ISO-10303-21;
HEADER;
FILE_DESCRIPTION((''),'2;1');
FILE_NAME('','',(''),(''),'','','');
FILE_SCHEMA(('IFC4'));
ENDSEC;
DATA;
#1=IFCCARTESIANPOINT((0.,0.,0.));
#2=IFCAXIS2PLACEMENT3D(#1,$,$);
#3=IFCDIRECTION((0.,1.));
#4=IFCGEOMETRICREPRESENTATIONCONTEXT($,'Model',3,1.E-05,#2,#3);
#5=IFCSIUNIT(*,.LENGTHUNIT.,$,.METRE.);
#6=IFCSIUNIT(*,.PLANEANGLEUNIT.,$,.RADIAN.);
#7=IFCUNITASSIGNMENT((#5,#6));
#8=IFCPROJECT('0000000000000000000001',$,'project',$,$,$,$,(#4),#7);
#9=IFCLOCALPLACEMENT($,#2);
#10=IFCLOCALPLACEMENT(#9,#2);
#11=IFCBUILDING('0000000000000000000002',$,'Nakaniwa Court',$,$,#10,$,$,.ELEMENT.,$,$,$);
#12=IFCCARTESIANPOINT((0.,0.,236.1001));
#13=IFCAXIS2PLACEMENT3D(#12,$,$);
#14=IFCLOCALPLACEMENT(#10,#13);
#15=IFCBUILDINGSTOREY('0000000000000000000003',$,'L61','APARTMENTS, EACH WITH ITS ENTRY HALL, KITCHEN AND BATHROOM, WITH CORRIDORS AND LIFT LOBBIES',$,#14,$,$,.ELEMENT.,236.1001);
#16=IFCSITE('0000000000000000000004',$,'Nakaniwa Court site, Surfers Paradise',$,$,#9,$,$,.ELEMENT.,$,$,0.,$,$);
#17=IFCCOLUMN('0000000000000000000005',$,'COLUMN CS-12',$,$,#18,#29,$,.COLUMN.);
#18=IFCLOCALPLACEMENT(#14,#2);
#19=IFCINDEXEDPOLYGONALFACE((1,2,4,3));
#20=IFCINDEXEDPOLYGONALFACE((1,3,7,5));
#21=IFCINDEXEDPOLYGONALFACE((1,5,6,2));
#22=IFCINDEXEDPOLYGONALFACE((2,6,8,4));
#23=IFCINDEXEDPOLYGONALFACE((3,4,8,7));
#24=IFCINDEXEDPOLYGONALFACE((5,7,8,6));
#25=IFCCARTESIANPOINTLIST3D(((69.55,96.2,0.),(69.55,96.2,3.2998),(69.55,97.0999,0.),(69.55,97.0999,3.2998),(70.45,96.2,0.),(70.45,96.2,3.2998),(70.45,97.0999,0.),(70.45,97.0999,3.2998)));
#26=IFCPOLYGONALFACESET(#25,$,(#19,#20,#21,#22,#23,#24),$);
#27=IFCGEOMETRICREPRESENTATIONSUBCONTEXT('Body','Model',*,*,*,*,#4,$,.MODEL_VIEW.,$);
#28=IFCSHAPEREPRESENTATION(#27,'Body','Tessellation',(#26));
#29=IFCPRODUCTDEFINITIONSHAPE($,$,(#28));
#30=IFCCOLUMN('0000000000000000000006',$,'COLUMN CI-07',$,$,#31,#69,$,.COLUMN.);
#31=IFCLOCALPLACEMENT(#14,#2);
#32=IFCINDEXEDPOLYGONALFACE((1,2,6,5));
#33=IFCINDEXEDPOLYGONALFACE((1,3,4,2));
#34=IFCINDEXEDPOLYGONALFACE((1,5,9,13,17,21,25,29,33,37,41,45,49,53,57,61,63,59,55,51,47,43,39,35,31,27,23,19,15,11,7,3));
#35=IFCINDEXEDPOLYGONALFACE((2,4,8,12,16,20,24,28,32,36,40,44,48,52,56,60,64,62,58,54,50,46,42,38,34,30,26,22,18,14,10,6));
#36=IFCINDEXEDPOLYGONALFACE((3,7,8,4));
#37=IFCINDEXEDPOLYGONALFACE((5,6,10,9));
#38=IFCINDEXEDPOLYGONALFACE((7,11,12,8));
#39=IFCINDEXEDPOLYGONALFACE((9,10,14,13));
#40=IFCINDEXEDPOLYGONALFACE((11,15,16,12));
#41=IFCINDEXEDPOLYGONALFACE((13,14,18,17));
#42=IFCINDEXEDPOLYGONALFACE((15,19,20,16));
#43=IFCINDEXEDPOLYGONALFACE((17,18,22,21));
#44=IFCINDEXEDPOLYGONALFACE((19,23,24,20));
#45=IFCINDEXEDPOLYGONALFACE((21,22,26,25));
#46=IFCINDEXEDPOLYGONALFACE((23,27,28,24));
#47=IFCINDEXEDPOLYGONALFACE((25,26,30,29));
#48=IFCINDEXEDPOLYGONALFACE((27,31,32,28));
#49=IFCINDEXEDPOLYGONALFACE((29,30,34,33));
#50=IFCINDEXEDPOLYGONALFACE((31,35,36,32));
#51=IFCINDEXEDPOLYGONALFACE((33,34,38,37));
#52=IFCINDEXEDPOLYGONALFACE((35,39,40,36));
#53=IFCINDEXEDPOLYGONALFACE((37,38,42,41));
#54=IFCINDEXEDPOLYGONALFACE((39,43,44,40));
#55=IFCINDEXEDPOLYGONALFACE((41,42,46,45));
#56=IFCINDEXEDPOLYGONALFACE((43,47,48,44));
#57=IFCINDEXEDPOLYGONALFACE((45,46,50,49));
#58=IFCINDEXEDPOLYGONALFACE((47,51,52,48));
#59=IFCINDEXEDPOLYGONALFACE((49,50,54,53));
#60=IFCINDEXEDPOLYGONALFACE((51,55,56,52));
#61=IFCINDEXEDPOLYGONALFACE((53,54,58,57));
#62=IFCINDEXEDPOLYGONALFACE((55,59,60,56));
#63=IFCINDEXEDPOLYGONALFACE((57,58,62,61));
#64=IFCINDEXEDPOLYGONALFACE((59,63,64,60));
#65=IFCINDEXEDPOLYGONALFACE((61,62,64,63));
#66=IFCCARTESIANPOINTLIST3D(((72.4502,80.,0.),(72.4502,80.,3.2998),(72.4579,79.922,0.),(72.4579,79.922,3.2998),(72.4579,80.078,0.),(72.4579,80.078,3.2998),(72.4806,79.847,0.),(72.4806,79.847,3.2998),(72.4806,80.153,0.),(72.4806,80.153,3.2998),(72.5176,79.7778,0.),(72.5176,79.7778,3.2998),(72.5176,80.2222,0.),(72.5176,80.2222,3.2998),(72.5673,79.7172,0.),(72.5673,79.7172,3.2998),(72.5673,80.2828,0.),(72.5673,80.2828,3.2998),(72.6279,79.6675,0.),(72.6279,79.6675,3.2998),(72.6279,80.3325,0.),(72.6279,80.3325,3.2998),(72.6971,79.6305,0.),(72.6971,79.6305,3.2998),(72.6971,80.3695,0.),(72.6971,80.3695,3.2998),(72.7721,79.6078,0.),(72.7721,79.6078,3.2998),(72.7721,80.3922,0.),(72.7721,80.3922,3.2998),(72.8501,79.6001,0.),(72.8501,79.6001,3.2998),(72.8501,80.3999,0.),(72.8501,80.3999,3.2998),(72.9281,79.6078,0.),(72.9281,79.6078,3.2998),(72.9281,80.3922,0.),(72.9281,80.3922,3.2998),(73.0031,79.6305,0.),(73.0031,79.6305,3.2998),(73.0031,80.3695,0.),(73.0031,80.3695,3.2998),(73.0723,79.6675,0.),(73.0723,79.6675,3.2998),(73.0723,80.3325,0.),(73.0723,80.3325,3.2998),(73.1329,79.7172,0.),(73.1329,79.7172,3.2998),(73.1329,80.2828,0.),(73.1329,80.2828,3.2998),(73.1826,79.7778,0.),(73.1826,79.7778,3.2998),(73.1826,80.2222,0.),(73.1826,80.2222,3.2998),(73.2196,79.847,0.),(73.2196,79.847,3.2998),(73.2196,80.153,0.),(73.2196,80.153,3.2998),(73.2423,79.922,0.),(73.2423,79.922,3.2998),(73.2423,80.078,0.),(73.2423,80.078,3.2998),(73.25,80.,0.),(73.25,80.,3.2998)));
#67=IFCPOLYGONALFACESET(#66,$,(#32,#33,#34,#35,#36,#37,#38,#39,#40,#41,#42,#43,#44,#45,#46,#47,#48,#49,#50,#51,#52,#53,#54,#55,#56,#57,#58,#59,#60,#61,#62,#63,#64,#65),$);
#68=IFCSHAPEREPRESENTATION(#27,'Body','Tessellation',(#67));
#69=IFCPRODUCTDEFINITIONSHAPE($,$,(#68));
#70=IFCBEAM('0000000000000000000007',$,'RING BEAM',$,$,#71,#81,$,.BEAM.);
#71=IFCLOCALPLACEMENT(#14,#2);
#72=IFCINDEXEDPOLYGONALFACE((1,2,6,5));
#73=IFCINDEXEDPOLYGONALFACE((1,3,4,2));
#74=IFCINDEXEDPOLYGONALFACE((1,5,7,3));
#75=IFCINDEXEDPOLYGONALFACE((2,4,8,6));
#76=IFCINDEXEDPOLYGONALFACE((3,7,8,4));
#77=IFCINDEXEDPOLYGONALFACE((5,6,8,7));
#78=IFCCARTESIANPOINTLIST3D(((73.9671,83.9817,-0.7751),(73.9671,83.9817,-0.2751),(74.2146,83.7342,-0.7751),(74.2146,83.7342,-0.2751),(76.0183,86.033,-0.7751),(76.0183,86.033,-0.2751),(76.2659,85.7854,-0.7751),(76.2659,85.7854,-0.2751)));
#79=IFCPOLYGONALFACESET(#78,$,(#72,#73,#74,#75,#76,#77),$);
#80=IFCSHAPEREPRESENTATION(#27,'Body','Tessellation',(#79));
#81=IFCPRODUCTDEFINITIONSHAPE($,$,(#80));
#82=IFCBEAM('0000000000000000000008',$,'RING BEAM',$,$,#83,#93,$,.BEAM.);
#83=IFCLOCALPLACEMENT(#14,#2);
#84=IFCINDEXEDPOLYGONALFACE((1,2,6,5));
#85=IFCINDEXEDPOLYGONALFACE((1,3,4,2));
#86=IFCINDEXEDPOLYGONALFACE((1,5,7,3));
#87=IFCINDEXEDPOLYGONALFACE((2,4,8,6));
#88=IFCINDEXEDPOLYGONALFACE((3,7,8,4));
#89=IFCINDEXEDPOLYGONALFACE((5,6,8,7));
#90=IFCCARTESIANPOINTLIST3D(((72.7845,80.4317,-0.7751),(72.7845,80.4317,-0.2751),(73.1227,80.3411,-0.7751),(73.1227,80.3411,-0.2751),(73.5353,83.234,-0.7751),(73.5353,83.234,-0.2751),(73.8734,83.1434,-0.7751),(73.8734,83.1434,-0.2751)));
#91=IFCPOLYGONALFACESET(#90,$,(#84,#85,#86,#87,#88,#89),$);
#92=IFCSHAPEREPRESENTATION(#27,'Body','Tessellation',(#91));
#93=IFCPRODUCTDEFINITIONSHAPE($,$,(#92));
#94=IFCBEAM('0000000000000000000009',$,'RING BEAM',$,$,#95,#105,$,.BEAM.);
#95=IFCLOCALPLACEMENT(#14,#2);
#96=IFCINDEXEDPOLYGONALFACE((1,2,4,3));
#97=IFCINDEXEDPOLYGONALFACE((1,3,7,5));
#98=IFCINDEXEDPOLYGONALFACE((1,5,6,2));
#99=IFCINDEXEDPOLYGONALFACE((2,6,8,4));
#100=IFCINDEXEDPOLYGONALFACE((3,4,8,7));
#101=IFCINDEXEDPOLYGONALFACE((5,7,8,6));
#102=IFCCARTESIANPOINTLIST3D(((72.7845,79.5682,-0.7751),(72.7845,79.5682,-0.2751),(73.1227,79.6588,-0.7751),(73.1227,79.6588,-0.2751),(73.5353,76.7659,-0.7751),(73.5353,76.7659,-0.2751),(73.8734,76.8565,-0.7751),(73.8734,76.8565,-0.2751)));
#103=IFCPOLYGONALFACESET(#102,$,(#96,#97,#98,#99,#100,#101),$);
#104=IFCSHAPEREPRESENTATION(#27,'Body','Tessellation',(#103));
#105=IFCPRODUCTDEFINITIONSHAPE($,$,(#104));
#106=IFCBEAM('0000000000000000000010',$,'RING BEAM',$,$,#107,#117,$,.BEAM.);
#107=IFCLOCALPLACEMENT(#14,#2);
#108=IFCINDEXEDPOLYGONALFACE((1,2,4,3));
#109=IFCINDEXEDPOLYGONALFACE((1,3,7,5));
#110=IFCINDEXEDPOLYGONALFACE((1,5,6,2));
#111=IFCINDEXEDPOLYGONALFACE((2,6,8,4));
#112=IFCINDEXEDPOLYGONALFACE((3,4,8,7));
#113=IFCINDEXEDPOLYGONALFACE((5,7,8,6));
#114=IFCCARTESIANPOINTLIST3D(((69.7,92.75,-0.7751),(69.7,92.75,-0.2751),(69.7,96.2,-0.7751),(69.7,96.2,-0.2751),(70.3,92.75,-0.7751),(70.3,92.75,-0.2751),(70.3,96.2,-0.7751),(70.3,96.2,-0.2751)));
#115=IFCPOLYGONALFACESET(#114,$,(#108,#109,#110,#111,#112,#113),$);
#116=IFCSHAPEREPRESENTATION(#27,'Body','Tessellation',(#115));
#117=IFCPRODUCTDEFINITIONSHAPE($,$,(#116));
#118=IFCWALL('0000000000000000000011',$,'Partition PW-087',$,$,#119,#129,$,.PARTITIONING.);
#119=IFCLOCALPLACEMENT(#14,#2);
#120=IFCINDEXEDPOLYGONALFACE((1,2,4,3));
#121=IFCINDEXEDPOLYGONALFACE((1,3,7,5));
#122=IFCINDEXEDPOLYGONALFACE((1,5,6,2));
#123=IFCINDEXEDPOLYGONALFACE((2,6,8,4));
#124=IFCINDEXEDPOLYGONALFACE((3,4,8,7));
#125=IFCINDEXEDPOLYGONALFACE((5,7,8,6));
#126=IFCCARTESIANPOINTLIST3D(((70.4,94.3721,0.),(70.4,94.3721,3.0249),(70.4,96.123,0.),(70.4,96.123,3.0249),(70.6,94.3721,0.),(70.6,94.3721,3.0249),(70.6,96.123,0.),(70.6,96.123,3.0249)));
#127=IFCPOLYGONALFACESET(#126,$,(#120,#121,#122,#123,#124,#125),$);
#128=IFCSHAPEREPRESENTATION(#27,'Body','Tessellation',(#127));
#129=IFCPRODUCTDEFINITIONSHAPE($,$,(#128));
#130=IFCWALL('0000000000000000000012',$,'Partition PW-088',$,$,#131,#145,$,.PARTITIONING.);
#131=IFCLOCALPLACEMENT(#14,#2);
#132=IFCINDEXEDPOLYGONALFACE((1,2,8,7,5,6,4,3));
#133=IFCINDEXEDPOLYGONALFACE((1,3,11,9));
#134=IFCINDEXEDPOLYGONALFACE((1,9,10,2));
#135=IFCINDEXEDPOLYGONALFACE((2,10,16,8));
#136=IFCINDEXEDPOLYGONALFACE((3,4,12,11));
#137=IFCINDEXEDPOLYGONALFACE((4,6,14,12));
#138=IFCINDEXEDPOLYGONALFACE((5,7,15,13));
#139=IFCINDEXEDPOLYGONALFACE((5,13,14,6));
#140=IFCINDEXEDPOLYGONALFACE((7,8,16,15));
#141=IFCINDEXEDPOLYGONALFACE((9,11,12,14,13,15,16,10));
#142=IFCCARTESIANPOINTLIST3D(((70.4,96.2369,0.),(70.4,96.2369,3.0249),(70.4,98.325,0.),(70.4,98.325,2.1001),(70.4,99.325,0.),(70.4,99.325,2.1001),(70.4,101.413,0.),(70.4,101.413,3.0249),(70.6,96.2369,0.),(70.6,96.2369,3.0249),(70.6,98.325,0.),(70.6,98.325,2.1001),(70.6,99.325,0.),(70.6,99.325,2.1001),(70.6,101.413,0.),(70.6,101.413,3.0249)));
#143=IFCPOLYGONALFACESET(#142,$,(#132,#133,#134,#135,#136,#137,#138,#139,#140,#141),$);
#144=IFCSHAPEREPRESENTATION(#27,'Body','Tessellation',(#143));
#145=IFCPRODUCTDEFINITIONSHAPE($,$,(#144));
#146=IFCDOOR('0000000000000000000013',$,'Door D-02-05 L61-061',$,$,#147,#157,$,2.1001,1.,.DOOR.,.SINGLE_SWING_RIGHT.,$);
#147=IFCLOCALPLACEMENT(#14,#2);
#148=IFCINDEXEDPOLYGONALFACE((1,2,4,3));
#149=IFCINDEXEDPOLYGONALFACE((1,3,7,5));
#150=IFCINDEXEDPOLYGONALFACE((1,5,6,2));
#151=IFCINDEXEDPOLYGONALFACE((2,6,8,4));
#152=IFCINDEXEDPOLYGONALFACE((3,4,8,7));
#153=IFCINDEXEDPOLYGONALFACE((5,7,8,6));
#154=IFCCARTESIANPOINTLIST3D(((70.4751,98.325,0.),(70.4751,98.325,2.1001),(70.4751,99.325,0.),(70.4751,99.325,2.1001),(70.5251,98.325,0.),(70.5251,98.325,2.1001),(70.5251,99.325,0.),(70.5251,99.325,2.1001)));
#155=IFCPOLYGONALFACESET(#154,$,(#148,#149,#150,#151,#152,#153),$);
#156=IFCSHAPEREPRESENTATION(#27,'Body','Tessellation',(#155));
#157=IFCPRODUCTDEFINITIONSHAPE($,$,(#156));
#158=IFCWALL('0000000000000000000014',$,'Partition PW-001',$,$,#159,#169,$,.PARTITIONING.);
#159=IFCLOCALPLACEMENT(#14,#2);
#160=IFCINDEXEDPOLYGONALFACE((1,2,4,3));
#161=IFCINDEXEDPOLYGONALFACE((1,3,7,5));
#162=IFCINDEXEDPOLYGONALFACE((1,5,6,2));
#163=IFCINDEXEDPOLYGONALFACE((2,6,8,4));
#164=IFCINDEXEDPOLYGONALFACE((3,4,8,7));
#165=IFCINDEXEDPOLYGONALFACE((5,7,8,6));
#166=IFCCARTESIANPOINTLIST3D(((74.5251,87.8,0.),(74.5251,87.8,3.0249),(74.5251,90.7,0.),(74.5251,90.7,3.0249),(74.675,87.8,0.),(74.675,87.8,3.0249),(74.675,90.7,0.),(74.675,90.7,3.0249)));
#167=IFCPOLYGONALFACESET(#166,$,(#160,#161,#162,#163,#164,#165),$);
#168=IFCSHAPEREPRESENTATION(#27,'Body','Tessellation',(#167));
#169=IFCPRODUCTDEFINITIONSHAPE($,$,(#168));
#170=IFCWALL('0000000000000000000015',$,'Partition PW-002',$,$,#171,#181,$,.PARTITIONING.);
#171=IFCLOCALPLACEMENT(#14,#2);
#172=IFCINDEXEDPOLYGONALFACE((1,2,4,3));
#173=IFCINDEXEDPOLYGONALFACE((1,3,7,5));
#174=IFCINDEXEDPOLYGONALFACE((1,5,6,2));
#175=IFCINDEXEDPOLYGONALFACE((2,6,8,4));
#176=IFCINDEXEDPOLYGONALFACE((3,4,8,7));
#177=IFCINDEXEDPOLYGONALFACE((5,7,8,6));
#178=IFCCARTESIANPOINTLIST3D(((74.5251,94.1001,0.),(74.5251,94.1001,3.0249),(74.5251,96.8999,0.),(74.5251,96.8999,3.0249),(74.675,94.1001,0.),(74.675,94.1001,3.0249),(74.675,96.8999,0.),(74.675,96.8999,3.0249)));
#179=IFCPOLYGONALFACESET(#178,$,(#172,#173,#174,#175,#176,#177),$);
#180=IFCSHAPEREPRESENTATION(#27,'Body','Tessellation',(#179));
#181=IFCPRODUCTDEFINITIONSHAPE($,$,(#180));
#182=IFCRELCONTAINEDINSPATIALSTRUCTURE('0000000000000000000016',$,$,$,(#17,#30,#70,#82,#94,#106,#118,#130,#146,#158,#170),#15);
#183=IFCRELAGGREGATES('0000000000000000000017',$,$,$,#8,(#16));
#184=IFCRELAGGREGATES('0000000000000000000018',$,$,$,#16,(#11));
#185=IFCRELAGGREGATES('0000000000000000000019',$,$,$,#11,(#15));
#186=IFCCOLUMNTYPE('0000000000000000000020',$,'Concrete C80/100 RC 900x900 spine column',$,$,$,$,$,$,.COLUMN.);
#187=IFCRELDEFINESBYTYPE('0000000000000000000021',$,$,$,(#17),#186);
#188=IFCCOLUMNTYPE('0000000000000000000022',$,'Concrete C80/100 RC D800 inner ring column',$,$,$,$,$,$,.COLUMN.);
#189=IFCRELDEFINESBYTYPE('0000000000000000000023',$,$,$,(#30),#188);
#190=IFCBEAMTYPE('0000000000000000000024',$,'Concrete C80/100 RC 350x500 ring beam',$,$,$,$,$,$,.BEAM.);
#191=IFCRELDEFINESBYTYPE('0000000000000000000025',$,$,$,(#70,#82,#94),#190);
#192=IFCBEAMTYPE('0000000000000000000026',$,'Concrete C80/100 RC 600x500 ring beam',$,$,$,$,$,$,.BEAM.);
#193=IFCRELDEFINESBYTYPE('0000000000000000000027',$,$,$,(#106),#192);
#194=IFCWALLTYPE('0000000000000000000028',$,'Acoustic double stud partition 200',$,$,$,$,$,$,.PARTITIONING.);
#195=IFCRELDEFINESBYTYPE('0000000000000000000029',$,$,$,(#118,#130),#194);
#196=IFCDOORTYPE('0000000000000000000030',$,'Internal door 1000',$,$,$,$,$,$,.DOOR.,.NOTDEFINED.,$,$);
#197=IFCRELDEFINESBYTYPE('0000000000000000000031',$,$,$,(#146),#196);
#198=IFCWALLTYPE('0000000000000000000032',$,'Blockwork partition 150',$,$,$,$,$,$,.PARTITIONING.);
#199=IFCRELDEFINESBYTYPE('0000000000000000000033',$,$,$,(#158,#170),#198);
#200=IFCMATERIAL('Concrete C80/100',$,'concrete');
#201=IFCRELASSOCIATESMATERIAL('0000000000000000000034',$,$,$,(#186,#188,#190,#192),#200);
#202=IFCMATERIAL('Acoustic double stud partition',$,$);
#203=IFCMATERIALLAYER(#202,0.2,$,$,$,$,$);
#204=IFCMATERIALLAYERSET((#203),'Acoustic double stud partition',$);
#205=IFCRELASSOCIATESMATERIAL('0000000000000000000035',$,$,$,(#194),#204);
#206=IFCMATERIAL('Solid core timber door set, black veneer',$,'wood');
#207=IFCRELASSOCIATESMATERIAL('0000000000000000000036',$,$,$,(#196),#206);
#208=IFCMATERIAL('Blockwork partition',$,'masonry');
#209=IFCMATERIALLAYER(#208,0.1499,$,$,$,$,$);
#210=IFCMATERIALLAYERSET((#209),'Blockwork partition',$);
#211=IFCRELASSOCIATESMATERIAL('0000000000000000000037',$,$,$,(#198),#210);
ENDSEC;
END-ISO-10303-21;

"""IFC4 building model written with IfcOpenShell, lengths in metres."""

from ifc_helpers import new_model, si_unit, direction, frame, frame_2d, origin, origin_2d, place, context, subcontext, project, spatial, rectangle, circle, extrude, material, layer, layer_set, material_profile, profile_set, type_object, element, fill, save


model = new_model("IFC4")

# Units and contexts
model_context = context("Model", 3, precision=1e-05, world=origin(), true_north=direction((0.0, 1.0)))
body_context = subcontext(model_context, "Body", "Model", "MODEL_VIEW")
ifc_project = project(units=[si_unit("LENGTHUNIT", "METRE"), si_unit("PLANEANGLEUNIT", "RADIAN")], contexts=[model_context])

# Site, building, storey
site_placement = place(None, origin())
site = spatial("IfcSite", under=ifc_project, at=site_placement, Name="Nakaniwa Court site, Surfers Paradise", CompositionType="ELEMENT", RefElevation=0.0)
building_placement = place(site_placement, origin())
building = spatial("IfcBuilding", under=site, at=building_placement, Name="Nakaniwa Court", CompositionType="ELEMENT")
storey_placement = place(building_placement, frame((0.0, 0.0, 236.1001)))
storey = spatial("IfcBuildingStorey", under=building, at=storey_placement, Name="L61", Description="APARTMENTS, EACH WITH ITS ENTRY HALL, KITCHEN AND BATHROOM, WITH CORRIDORS AND LIFT LOBBIES", CompositionType="ELEMENT", Elevation=236.1001)

# Columns
ifc_material_1 = material(Name="Concrete C80/100", Category="concrete")
ifc_material_profile_1 = material_profile(ifc_material_1, rectangle(XDim=0.8999, YDim=0.8999, at=origin_2d()), Name="Concrete C80/100 RC 900x900 spine column")
ifc_profile_set_1 = profile_set([ifc_material_profile_1], Name="Concrete C80/100")
column_type_1 = type_object("IfcColumnType", Name="Concrete C80/100 RC 900x900 spine column", PredefinedType="COLUMN", material=ifc_profile_set_1)
column_placement = place(storey_placement, frame((70.0, 96.6499, 0.0), z_axis=(0.0, 0.0, 1.0), x_axis=(0.0, -1.0, 0.0)))
element("IfcColumn", 1, at=column_placement, inside=storey, type_object=column_type_1, Name="COLUMN CS-12", PredefinedType="COLUMN", context=body_context, shape_type="SweptSolid", body=[
    extrude(rectangle(XDim=0.8999, YDim=0.8999, at=origin_2d()), origin(), (0.0, 0.0, 1.0), 3.2998),
])
ifc_material_profile_2 = material_profile(ifc_material_1, circle(Radius=0.3999, at=origin_2d()), Name="Concrete C80/100 RC D800 inner ring column")
ifc_profile_set_2 = profile_set([ifc_material_profile_2], Name="Concrete C80/100")
column_type_2 = type_object("IfcColumnType", Name="Concrete C80/100 RC D800 inner ring column", PredefinedType="COLUMN", material=ifc_profile_set_2)
for number, where, z_axis, x_axis, name in (
    (2, (72.8501, 80.0, 0.0), (0.0, 0.0, 1.0), (0.0, -1.0, 0.0), "COLUMN CI-07"),
):
    element("IfcColumn", number, at=place(storey_placement, frame(where, z_axis=z_axis, x_axis=x_axis)), inside=storey, type_object=column_type_2, Name=name, PredefinedType="COLUMN", context=body_context, shape_type="SweptSolid", body=[
        extrude(circle(Radius=0.3999, at=origin_2d()), origin(), (0.0, 0.0, 1.0), 3.2998),
    ])

# Beams
ifc_material_profile_3 = material_profile(ifc_material_1, rectangle(XDim=0.3501, YDim=0.5, at=origin_2d()), Name="Concrete C80/100 RC 350x500 ring beam")
ifc_profile_set_3 = profile_set([ifc_material_profile_3], Name="Concrete C80/100")
beam_type_1 = type_object("IfcBeamType", Name="Concrete C80/100 RC 350x500 ring beam", PredefinedType="BEAM", material=ifc_profile_set_3)
beam_1_placement = place(storey_placement, frame((76.1421, 85.9092, -0.5251), z_axis=(-0.707107, -0.707107, 0.0), x_axis=(0.707107, -0.707107, 0.0)))
element("IfcBeam", 3, at=beam_1_placement, inside=storey, type_object=beam_type_1, Name="RING BEAM", PredefinedType="BEAM", context=body_context, shape_type="SweptSolid", body=[
    extrude(rectangle(XDim=0.3501, YDim=0.5, at=origin_2d()), origin(), (0.0, 0.0, 1.0), 2.9009),
])
for number, where, z_axis, x_axis, name in (
    (4, (73.7043, 83.1887, -0.5251), (-0.258778, -0.965937, 0.0), (0.965937, -0.258778, 0.0), "RING BEAM"),
    (5, (72.9536, 79.6135, -0.5251), (0.258778, -0.965937, 0.0), (0.965937, 0.258778, 0.0), "RING BEAM"),
):
    element("IfcBeam", number, at=place(storey_placement, frame(where, z_axis=z_axis, x_axis=x_axis)), inside=storey, type_object=beam_type_1, Name=name, PredefinedType="BEAM", context=body_context, shape_type="SweptSolid", body=[
        extrude(rectangle(XDim=0.3501, YDim=0.5, at=origin_2d()), origin(), (0.0, 0.0, 1.0), 2.9011),
    ])
ifc_material_profile_4 = material_profile(ifc_material_1, rectangle(XDim=0.6001, YDim=0.5, at=origin_2d()), Name="Concrete C80/100 RC 600x500 ring beam")
ifc_profile_set_4 = profile_set([ifc_material_profile_4], Name="Concrete C80/100")
beam_type_2 = type_object("IfcBeamType", Name="Concrete C80/100 RC 600x500 ring beam", PredefinedType="BEAM", material=ifc_profile_set_4)
beam_2_placement = place(storey_placement, frame((70.0, 96.2, -0.5251), z_axis=(0.0, -1.0, 0.0), x_axis=(1.0, 0.0, 0.0)))
element("IfcBeam", 6, at=beam_2_placement, inside=storey, type_object=beam_type_2, Name="RING BEAM", PredefinedType="BEAM", context=body_context, shape_type="SweptSolid", body=[
    extrude(rectangle(XDim=0.6001, YDim=0.5, at=origin_2d()), origin(), (0.0, 0.0, 1.0), 3.45),
])

# Wall
ifc_material_2 = material(Name="Acoustic double stud partition")
ifc_layer_1 = layer(ifc_material_2, 0.2)
ifc_layer_set_1 = layer_set([ifc_layer_1], Name="Acoustic double stud partition")
wall_type_1 = type_object("IfcWallType", Name="Acoustic double stud partition 200", PredefinedType="PARTITIONING", material=ifc_layer_set_1)
wall_1_placement = place(storey_placement, frame((70.5, 94.3721, 0.0), z_axis=(0.0, 0.0, 1.0), x_axis=(0.0, 1.0, 0.0)))
element("IfcWall", 7, at=wall_1_placement, inside=storey, type_object=wall_type_1, Name="Partition PW-087", PredefinedType="PARTITIONING", context=body_context, shape_type="SweptSolid", body=[
    extrude(rectangle(XDim=1.751, YDim=0.2, at=frame_2d((0.8755, 0.0))), origin(), (0.0, 0.0, 1.0), 3.0249),
])

# Wall, opening, door
wall_2_placement = place(storey_placement, frame((70.5, 96.2371, 0.0), z_axis=(0.0, 0.0, 1.0), x_axis=(0.0, 1.0, 0.0)))
wall_2 = element("IfcWall", 8, at=wall_2_placement, inside=storey, type_object=wall_type_1, Name="Partition PW-088", PredefinedType="PARTITIONING", context=body_context, shape_type="SweptSolid", body=[
    extrude(rectangle(XDim=5.176, YDim=0.2, at=frame_2d((2.5879, 0.0))), origin(), (0.0, 0.0, 1.0), 3.0249),
])
opening_1_placement = place(wall_2_placement, frame((2.0879, 0.0, 0.0)))
opening_1 = element("IfcOpeningElement", 9, at=opening_1_placement, cuts=wall_2, PredefinedType="OPENING", context=body_context, shape_type="SweptSolid", body=[
    extrude(rectangle(XDim=1.0, YDim=2.1001, at=frame_2d((0.5, 1.05))), frame((0.0, 0.1099, 0.0), z_axis=(0.0, -1.0, 0.0), x_axis=(1.0, 0.0, 0.0)), (0.0, 0.0, 1.0), 0.22),
])
ifc_material_3 = material(Name="Solid core timber door set, black veneer", Category="wood")
door_type_1 = type_object("IfcDoorType", Name="Internal door 1000", OperationType="NOTDEFINED", PredefinedType="DOOR", material=ifc_material_3)
door_1_placement = place(opening_1_placement, origin())
door_1 = element("IfcDoor", 10, at=door_1_placement, inside=storey, type_object=door_type_1, Name="Door D-02-05 L61-061", OperationType="SINGLE_SWING_RIGHT", OverallHeight=2.1001, OverallWidth=1.0, PredefinedType="DOOR", context=body_context, shape_type="SweptSolid", body=[
    extrude(rectangle(XDim=1.0, YDim=2.1001, at=frame_2d((0.5, 1.05))), frame((0.0, 0.0249, 0.0), z_axis=(0.0, -1.0, 0.0), x_axis=(1.0, 0.0, 0.0)), (0.0, 0.0, 1.0), 0.05),
])
fill(opening_1, door_1)

# Walls
ifc_material_4 = material(Name="Blockwork partition", Category="masonry")
ifc_layer_2 = layer(ifc_material_4, 0.1499)
ifc_layer_set_2 = layer_set([ifc_layer_2], Name="Blockwork partition")
wall_type_2 = type_object("IfcWallType", Name="Blockwork partition 150", PredefinedType="PARTITIONING", material=ifc_layer_set_2)
wall_3_placement = place(storey_placement, frame((74.6001, 87.8, 0.0), z_axis=(0.0, 0.0, 1.0), x_axis=(0.0, 1.0, 0.0)))
element("IfcWall", 11, at=wall_3_placement, inside=storey, type_object=wall_type_2, Name="Partition PW-001", PredefinedType="PARTITIONING", context=body_context, shape_type="SweptSolid", body=[
    extrude(rectangle(XDim=2.8999, YDim=0.1499, at=frame_2d((1.45, 0.0))), origin(), (0.0, 0.0, 1.0), 3.0249),
])
wall_4_placement = place(storey_placement, frame((74.6001, 94.1001, 0.0), z_axis=(0.0, 0.0, 1.0), x_axis=(0.0, 1.0, 0.0)))
element("IfcWall", 12, at=wall_4_placement, inside=storey, type_object=wall_type_2, Name="Partition PW-002", PredefinedType="PARTITIONING", context=body_context, shape_type="SweptSolid", body=[
    extrude(rectangle(XDim=2.7998, YDim=0.1499, at=frame_2d((1.3999, 0.0))), origin(), (0.0, 0.0, 1.0), 3.0249),
])

save(model, "model.ifc")
